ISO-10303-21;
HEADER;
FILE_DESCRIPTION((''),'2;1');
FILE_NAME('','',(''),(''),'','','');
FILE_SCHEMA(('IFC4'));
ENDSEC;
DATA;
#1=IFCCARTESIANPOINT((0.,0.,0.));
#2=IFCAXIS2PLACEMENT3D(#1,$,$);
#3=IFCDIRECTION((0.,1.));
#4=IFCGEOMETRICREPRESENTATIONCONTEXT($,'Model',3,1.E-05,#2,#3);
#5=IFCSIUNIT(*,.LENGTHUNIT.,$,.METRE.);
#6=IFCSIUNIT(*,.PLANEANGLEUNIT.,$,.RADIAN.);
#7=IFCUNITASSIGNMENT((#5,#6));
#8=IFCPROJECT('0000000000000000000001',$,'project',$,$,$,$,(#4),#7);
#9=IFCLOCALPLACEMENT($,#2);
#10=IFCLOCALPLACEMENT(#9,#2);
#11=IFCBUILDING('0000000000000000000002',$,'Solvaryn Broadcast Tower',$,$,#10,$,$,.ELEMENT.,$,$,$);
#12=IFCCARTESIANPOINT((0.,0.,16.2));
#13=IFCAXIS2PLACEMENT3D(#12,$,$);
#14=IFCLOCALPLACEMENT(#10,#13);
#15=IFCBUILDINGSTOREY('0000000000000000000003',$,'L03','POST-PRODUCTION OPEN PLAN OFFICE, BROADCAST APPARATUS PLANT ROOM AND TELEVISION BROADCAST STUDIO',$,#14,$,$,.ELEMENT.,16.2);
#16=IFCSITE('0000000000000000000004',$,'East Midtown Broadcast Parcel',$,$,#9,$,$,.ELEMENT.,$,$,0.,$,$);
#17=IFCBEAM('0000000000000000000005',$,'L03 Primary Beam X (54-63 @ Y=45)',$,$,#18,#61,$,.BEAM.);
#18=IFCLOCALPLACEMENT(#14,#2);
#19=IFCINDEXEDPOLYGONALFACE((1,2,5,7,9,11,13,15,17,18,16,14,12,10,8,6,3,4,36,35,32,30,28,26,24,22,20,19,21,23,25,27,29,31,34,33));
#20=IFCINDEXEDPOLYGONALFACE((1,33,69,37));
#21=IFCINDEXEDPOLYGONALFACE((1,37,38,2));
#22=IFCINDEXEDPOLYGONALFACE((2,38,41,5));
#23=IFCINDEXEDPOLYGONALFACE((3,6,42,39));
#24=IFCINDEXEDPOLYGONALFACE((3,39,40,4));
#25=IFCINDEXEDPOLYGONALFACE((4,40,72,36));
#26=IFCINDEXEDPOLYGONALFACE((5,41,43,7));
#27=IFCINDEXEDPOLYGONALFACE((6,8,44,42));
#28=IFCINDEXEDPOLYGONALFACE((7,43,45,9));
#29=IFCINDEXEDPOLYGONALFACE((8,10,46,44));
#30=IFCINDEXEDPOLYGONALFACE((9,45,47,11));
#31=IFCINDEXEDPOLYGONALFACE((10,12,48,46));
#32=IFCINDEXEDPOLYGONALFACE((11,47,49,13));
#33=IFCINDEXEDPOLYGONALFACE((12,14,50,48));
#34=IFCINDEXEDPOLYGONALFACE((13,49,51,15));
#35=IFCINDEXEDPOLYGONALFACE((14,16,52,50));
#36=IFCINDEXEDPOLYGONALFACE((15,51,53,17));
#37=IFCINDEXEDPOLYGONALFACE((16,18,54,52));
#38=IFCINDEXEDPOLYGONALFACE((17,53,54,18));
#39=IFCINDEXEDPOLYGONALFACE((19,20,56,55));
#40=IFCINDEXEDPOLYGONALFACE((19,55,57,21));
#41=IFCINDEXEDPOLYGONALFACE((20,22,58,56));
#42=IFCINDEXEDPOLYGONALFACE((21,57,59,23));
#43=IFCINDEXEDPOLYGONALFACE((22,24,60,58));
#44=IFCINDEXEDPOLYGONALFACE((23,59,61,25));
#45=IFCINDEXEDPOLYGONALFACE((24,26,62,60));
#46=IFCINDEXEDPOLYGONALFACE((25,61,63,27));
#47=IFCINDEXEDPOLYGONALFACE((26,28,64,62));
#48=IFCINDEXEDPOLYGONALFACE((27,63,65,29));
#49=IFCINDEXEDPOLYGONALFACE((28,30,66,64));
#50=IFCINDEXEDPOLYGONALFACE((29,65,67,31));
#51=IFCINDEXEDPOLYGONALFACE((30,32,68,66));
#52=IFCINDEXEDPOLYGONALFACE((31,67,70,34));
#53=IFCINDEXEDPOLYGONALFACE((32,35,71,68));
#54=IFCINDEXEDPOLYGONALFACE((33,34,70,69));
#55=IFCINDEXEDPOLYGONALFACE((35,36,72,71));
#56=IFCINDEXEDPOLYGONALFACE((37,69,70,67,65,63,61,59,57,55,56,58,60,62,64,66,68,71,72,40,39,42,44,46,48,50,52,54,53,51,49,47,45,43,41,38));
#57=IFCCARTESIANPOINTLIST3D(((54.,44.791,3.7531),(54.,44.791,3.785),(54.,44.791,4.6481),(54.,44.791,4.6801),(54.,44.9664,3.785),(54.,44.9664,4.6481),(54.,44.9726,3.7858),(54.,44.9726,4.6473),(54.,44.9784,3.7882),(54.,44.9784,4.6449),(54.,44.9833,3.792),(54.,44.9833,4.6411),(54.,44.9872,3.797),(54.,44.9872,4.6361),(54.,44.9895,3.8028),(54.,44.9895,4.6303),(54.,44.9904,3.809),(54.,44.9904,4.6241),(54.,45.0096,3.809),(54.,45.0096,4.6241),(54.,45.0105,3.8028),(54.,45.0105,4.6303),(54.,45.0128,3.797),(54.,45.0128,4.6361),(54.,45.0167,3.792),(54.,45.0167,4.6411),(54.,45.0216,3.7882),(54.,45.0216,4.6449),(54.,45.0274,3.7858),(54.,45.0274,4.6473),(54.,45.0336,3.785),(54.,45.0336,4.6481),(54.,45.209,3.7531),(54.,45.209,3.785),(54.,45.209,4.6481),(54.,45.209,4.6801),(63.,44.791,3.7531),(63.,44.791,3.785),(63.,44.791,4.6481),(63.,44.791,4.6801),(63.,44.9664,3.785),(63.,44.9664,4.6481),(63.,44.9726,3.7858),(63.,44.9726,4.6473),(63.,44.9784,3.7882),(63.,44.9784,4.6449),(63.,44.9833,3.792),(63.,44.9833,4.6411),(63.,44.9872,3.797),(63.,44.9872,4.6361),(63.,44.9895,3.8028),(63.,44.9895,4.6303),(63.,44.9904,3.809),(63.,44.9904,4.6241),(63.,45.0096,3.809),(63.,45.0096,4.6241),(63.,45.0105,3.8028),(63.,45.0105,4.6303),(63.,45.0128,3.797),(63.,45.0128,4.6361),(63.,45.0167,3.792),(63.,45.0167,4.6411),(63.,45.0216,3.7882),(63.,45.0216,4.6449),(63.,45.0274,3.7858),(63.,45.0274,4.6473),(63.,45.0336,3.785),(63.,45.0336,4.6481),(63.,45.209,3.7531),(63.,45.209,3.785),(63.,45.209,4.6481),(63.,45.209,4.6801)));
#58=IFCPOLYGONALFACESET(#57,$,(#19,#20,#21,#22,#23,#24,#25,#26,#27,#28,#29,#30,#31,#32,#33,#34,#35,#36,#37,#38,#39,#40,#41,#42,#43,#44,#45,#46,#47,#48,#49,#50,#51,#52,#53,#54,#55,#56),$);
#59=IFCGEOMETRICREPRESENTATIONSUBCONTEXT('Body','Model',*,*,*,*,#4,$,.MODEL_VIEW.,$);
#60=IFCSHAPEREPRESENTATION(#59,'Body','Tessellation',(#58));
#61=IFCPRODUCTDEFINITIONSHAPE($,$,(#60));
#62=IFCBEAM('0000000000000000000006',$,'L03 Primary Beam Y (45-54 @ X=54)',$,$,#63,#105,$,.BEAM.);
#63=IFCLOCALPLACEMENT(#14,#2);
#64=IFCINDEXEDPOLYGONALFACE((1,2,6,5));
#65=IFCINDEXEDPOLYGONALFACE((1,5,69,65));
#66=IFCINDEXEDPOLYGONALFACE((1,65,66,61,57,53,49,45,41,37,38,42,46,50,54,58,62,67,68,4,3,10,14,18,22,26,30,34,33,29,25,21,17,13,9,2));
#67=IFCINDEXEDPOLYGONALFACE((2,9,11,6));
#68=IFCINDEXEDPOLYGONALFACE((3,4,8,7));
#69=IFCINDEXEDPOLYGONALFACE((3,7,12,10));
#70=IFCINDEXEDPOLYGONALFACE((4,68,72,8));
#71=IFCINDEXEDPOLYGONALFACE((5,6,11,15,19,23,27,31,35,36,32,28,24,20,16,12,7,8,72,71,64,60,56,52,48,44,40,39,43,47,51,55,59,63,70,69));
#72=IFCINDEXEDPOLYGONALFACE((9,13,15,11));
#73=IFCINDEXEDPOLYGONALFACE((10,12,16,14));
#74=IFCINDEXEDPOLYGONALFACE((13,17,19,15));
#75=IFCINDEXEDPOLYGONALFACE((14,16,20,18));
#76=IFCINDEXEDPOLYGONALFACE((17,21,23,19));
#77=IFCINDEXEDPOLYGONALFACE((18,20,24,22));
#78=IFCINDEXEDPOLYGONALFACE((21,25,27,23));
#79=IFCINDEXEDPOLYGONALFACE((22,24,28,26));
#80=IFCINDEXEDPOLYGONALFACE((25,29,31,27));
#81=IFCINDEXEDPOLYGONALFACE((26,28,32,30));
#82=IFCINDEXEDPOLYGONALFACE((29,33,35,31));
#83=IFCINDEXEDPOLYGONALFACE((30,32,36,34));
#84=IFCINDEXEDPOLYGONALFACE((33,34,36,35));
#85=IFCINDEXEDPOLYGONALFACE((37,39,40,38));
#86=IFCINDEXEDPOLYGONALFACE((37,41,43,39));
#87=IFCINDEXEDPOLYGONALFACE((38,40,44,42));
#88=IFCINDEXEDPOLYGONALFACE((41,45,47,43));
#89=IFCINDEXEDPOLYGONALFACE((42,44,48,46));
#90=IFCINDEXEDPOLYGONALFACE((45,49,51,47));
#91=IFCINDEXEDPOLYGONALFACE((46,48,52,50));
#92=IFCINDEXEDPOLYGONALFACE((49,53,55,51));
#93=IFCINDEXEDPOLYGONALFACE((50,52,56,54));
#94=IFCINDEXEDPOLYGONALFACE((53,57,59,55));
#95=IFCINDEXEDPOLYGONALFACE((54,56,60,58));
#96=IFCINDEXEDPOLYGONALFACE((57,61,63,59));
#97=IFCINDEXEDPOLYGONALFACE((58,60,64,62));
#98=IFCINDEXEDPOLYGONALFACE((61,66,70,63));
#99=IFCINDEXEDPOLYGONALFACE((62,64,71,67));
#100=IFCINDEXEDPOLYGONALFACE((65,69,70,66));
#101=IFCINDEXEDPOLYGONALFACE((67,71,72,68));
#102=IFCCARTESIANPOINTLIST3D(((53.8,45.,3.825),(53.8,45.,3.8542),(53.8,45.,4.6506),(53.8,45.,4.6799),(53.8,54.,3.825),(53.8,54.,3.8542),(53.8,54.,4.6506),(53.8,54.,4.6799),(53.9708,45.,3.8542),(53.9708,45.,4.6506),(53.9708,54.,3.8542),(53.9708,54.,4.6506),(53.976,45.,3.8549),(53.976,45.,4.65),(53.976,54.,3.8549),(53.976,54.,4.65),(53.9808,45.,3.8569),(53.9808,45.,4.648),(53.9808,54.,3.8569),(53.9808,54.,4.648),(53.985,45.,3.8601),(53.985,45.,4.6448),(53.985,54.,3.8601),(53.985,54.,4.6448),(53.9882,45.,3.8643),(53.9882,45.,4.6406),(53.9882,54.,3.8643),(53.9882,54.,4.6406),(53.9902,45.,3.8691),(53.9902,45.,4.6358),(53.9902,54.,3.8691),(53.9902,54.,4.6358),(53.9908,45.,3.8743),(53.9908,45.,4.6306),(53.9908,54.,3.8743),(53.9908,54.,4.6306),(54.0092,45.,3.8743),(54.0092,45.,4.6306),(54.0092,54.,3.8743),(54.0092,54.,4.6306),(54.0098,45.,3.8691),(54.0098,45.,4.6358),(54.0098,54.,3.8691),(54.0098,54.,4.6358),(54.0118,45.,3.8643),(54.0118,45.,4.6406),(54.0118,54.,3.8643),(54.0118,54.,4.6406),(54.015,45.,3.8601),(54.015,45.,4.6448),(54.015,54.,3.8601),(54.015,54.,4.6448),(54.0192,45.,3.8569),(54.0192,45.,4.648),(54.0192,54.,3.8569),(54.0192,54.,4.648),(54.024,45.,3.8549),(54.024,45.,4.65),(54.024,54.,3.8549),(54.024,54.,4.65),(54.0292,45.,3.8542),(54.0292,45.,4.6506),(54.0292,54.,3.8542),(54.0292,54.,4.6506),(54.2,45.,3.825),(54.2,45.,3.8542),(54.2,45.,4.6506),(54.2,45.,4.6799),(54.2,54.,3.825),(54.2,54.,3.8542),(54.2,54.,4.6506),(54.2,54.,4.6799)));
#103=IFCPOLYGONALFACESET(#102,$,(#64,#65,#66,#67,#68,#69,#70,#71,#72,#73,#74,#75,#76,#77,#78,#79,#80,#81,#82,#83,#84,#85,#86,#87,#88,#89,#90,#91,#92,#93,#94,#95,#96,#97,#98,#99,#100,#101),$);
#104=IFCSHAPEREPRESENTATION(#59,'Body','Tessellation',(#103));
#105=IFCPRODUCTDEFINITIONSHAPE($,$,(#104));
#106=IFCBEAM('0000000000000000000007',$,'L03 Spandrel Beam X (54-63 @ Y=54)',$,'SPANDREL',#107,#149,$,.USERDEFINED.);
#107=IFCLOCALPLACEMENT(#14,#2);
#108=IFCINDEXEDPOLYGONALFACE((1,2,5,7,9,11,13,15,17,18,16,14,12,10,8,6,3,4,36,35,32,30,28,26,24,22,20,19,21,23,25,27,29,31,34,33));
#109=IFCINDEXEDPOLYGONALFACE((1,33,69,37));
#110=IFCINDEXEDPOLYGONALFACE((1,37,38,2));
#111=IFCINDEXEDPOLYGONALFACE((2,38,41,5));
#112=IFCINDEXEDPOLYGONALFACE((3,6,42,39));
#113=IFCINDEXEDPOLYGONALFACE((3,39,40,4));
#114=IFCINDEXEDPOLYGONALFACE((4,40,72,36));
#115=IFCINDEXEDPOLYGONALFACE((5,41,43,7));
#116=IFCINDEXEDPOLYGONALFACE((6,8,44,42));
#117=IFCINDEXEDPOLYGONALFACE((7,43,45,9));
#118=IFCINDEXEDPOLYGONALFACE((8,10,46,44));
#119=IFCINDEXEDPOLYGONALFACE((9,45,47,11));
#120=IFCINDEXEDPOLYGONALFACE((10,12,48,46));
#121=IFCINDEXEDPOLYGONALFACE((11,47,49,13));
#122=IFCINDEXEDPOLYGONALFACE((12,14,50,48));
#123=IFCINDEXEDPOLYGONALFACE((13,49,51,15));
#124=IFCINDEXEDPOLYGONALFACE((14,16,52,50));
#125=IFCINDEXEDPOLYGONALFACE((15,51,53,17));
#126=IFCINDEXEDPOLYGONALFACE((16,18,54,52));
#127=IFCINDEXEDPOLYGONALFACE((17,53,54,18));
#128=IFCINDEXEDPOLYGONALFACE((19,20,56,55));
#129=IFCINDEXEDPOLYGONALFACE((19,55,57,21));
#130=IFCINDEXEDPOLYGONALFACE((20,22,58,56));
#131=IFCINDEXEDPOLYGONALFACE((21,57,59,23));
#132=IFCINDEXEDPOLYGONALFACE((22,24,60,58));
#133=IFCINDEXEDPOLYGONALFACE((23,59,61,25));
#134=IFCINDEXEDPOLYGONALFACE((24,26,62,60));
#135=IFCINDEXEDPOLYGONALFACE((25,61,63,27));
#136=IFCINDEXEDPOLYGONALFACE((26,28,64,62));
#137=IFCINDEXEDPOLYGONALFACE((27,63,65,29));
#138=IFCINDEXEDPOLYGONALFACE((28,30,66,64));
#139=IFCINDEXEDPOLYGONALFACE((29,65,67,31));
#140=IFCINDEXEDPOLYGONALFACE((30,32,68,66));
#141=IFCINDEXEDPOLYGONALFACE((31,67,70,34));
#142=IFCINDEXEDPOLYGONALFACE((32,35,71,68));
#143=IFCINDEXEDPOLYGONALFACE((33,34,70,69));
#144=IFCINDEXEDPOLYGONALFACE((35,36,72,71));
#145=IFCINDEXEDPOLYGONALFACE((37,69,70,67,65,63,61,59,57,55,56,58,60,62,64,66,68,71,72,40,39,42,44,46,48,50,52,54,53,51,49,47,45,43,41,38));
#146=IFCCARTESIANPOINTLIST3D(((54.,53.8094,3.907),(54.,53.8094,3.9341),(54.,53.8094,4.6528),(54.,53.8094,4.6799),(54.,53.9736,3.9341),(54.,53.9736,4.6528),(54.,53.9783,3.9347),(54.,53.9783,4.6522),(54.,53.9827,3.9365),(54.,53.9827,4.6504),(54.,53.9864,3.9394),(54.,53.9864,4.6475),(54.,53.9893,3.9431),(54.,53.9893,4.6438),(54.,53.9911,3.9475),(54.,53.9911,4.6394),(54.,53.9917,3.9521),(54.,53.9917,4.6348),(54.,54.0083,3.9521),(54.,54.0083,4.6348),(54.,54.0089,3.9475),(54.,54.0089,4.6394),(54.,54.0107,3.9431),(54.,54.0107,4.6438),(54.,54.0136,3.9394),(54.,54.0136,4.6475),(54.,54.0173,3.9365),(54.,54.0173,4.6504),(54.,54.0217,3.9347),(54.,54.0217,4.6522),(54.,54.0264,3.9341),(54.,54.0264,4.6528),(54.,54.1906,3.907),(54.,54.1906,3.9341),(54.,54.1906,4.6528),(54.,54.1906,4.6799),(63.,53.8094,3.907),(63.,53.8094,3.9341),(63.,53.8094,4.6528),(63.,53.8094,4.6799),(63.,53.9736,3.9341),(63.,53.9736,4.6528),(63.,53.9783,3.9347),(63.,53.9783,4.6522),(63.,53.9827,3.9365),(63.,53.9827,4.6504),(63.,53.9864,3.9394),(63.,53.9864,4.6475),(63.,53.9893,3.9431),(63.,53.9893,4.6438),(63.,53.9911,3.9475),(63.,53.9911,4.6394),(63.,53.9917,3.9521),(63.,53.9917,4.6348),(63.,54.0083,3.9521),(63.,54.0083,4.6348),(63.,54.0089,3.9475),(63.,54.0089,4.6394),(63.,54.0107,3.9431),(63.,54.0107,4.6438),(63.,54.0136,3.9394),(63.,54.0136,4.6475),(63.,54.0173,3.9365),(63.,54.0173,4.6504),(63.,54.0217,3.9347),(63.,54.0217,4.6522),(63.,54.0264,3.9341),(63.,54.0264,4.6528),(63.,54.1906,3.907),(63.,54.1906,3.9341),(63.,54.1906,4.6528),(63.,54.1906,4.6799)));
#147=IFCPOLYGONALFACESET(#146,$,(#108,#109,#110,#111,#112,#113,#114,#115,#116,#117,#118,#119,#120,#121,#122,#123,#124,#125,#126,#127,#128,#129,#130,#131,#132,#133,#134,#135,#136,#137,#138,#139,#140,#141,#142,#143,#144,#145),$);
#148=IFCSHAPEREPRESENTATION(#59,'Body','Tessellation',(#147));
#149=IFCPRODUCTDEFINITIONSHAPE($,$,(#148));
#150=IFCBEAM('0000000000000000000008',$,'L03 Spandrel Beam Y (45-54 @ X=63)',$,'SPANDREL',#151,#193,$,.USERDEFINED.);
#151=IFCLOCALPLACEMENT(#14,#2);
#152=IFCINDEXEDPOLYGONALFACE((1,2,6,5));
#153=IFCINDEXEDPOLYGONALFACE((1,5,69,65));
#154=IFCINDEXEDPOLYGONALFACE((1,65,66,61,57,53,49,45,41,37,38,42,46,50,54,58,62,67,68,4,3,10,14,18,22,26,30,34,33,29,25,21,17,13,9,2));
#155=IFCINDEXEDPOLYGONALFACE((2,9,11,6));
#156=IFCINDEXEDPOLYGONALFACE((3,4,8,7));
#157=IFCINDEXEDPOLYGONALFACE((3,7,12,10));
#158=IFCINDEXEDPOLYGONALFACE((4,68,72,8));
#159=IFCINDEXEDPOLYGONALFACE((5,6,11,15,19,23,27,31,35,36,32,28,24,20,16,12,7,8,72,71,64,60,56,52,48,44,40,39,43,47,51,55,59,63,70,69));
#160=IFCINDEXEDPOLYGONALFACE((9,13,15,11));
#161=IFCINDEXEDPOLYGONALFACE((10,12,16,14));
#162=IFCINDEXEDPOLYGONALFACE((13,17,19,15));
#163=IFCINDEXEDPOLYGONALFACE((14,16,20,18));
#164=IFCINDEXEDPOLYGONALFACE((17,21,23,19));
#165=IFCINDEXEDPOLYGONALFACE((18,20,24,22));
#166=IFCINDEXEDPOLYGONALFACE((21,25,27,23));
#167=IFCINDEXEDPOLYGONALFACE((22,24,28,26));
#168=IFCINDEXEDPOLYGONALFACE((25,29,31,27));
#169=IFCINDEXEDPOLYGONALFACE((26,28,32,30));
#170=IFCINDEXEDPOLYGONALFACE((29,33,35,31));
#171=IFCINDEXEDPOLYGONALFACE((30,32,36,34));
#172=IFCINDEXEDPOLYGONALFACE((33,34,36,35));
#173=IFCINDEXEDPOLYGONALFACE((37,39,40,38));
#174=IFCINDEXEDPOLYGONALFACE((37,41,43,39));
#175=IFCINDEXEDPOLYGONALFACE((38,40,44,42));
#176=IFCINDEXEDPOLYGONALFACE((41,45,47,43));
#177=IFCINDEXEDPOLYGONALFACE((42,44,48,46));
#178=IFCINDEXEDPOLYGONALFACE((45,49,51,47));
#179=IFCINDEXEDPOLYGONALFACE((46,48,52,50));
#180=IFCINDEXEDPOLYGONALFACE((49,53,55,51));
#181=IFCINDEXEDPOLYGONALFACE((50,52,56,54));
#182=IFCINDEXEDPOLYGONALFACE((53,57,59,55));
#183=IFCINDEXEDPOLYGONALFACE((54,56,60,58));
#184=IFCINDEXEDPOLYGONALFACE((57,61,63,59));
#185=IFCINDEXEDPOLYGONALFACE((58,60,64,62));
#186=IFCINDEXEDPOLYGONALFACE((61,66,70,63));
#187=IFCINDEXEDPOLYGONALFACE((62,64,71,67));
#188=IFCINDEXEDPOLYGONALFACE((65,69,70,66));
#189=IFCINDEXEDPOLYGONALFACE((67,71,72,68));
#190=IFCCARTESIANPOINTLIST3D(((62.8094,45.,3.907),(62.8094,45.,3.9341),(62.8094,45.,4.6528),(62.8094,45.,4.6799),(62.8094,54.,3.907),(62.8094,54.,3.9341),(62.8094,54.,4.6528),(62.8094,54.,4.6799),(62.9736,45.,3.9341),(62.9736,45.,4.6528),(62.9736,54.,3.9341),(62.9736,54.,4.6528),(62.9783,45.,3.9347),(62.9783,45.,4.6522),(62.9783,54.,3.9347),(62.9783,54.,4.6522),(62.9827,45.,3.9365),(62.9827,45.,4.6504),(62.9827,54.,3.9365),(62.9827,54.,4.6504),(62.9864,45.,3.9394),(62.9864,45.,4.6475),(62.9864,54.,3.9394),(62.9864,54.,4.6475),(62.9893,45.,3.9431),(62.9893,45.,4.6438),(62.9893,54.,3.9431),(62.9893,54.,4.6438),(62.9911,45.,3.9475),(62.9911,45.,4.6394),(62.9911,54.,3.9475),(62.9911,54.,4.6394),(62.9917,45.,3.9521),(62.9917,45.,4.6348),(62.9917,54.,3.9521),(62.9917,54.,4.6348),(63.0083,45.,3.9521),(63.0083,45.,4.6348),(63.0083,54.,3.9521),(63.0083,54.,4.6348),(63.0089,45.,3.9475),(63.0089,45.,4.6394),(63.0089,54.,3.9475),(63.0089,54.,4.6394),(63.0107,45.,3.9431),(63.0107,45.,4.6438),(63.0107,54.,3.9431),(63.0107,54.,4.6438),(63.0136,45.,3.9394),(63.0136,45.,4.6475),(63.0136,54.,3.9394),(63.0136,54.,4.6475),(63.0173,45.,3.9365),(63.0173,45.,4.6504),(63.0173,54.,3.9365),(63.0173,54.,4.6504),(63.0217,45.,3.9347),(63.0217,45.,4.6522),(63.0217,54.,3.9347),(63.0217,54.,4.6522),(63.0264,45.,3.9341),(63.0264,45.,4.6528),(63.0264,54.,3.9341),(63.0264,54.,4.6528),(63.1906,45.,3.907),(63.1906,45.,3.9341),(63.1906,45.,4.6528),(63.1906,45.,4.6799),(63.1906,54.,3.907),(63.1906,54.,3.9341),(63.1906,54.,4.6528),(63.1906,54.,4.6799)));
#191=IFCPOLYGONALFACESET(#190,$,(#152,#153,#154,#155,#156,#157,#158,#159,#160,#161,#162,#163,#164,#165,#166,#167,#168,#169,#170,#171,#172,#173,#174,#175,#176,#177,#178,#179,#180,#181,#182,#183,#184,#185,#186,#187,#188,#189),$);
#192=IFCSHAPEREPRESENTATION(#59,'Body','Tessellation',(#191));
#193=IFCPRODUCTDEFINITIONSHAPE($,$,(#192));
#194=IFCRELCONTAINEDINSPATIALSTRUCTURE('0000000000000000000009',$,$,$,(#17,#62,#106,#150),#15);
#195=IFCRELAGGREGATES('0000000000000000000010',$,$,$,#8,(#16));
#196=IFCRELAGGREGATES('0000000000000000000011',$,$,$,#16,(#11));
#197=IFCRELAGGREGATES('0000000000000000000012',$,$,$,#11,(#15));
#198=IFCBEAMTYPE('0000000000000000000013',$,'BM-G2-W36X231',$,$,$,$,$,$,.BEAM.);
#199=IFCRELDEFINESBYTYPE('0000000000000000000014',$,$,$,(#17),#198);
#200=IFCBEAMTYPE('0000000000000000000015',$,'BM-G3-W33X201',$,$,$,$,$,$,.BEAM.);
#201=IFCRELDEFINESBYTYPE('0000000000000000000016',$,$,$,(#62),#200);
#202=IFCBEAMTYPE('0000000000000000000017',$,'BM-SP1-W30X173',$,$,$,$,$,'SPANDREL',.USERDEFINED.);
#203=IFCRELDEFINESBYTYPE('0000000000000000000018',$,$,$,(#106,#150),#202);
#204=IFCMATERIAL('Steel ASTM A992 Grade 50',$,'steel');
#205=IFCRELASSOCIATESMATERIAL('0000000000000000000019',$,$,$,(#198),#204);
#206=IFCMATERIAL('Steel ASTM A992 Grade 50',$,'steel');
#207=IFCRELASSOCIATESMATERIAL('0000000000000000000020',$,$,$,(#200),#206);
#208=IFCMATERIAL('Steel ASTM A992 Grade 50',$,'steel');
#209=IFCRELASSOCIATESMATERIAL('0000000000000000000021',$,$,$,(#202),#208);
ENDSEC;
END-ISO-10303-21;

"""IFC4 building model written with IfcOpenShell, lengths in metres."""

from ifc_helpers import new_model, si_unit, direction, frame, origin, origin_2d, place, context, subcontext, project, spatial, i_section, extrude, material, material_profile, profile_set, type_object, element, save


model = new_model("IFC4")

# Units and contexts
model_context = context("Model", 3, precision=1e-05, world=origin(), true_north=direction((0.0, 1.0)))
body_context = subcontext(model_context, "Body", "Model", "MODEL_VIEW")
ifc_project = project(units=[si_unit("LENGTHUNIT", "METRE"), si_unit("PLANEANGLEUNIT", "RADIAN")], contexts=[model_context])

# Site, building, storey
site_placement = place(None, origin())
site = spatial("IfcSite", under=ifc_project, at=site_placement, Name="East Midtown Broadcast Parcel", CompositionType="ELEMENT", RefElevation=0.0)
building_placement = place(site_placement, origin())
building = spatial("IfcBuilding", under=site, at=building_placement, Name="Solvaryn Broadcast Tower", CompositionType="ELEMENT")
storey_placement = place(building_placement, frame((0.0, 0.0, 16.2)))
storey = spatial("IfcBuildingStorey", under=building, at=storey_placement, Name="L03", Description="POST-PRODUCTION OPEN PLAN OFFICE, BROADCAST APPARATUS PLANT ROOM AND TELEVISION BROADCAST STUDIO", CompositionType="ELEMENT", Elevation=16.2)

# Beams
ifc_material_1 = material(Name="Steel ASTM A992 Grade 50", Category="steel")
ifc_material_profile_1 = material_profile(ifc_material_1, i_section(OverallWidth=0.418, OverallDepth=0.927, WebThickness=0.0193, FlangeThickness=0.032, FilletRadius=0.0239, at=origin_2d()))
ifc_profile_set_1 = profile_set([ifc_material_profile_1], Name="Steel ASTM A992 Grade 50")
beam_type_1 = type_object("IfcBeamType", Name="BM-G2-W36X231", PredefinedType="BEAM", material=ifc_profile_set_1)
beam_1_placement = place(storey_placement, frame((54.0, 45.0, 4.2166), z_axis=(1.0, 0.0, 0.0), x_axis=(0.0, 1.0, 0.0)))
element("IfcBeam", 1, at=beam_1_placement, inside=storey, type_object=beam_type_1, Name="L03 Primary Beam X (54-63 @ Y=45)", PredefinedType="BEAM", context=body_context, shape_type="SweptSolid", body=[
    extrude(i_section(OverallWidth=0.418, OverallDepth=0.927, WebThickness=0.0193, FlangeThickness=0.032, FilletRadius=0.0239, at=origin_2d()), origin(), (0.0, 0.0, 1.0), 9.0),
])
ifc_material_2 = material(Name="Steel ASTM A992 Grade 50", Category="steel")
ifc_material_profile_2 = material_profile(ifc_material_2, i_section(OverallWidth=0.3999, OverallDepth=0.855, WebThickness=0.0183, FlangeThickness=0.0293, FilletRadius=0.02, at=origin_2d()))
ifc_profile_set_2 = profile_set([ifc_material_profile_2], Name="Steel ASTM A992 Grade 50")
beam_type_2 = type_object("IfcBeamType", Name="BM-G3-W33X201", PredefinedType="BEAM", material=ifc_profile_set_2)
beam_2_placement = place(storey_placement, frame((54.0, 45.0, 4.2524), z_axis=(0.0, 1.0, 0.0), x_axis=(-1.0, 0.0, 0.0)))
element("IfcBeam", 2, at=beam_2_placement, inside=storey, type_object=beam_type_2, Name="L03 Primary Beam Y (45-54 @ X=54)", PredefinedType="BEAM", context=body_context, shape_type="SweptSolid", body=[
    extrude(i_section(OverallWidth=0.3999, OverallDepth=0.855, WebThickness=0.0183, FlangeThickness=0.0293, FilletRadius=0.02, at=origin_2d()), origin(), (0.0, 0.0, 1.0), 9.0),
])
ifc_material_3 = material(Name="Steel ASTM A992 Grade 50", Category="steel")
ifc_material_profile_3 = material_profile(ifc_material_3, i_section(OverallWidth=0.3811, OverallDepth=0.7729, WebThickness=0.0166, FlangeThickness=0.0271, FilletRadius=0.0181, at=origin_2d()))
ifc_profile_set_3 = profile_set([ifc_material_profile_3], Name="Steel ASTM A992 Grade 50")
beam_type_3 = type_object("IfcBeamType", Name="BM-SP1-W30X173", ElementType="SPANDREL", PredefinedType="USERDEFINED", material=ifc_profile_set_3)
for number, where, z_axis, x_axis, name in (
    (3, (54.0, 54.0, 4.2935), (1.0, 0.0, 0.0), (0.0, 1.0, 0.0), "L03 Spandrel Beam X (54-63 @ Y=54)"),
    (4, (63.0, 45.0, 4.2935), (0.0, 1.0, 0.0), (-1.0, 0.0, 0.0), "L03 Spandrel Beam Y (45-54 @ X=63)"),
):
    element("IfcBeam", number, at=place(storey_placement, frame(where, z_axis=z_axis, x_axis=x_axis)), inside=storey, type_object=beam_type_3, Name=name, ObjectType="SPANDREL", PredefinedType="USERDEFINED", context=body_context, shape_type="SweptSolid", body=[
        extrude(i_section(OverallWidth=0.3811, OverallDepth=0.7729, WebThickness=0.0166, FlangeThickness=0.0271, FilletRadius=0.0181, at=origin_2d()), origin(), (0.0, 0.0, 1.0), 9.0),
    ])

save(model, "model.ifc")
